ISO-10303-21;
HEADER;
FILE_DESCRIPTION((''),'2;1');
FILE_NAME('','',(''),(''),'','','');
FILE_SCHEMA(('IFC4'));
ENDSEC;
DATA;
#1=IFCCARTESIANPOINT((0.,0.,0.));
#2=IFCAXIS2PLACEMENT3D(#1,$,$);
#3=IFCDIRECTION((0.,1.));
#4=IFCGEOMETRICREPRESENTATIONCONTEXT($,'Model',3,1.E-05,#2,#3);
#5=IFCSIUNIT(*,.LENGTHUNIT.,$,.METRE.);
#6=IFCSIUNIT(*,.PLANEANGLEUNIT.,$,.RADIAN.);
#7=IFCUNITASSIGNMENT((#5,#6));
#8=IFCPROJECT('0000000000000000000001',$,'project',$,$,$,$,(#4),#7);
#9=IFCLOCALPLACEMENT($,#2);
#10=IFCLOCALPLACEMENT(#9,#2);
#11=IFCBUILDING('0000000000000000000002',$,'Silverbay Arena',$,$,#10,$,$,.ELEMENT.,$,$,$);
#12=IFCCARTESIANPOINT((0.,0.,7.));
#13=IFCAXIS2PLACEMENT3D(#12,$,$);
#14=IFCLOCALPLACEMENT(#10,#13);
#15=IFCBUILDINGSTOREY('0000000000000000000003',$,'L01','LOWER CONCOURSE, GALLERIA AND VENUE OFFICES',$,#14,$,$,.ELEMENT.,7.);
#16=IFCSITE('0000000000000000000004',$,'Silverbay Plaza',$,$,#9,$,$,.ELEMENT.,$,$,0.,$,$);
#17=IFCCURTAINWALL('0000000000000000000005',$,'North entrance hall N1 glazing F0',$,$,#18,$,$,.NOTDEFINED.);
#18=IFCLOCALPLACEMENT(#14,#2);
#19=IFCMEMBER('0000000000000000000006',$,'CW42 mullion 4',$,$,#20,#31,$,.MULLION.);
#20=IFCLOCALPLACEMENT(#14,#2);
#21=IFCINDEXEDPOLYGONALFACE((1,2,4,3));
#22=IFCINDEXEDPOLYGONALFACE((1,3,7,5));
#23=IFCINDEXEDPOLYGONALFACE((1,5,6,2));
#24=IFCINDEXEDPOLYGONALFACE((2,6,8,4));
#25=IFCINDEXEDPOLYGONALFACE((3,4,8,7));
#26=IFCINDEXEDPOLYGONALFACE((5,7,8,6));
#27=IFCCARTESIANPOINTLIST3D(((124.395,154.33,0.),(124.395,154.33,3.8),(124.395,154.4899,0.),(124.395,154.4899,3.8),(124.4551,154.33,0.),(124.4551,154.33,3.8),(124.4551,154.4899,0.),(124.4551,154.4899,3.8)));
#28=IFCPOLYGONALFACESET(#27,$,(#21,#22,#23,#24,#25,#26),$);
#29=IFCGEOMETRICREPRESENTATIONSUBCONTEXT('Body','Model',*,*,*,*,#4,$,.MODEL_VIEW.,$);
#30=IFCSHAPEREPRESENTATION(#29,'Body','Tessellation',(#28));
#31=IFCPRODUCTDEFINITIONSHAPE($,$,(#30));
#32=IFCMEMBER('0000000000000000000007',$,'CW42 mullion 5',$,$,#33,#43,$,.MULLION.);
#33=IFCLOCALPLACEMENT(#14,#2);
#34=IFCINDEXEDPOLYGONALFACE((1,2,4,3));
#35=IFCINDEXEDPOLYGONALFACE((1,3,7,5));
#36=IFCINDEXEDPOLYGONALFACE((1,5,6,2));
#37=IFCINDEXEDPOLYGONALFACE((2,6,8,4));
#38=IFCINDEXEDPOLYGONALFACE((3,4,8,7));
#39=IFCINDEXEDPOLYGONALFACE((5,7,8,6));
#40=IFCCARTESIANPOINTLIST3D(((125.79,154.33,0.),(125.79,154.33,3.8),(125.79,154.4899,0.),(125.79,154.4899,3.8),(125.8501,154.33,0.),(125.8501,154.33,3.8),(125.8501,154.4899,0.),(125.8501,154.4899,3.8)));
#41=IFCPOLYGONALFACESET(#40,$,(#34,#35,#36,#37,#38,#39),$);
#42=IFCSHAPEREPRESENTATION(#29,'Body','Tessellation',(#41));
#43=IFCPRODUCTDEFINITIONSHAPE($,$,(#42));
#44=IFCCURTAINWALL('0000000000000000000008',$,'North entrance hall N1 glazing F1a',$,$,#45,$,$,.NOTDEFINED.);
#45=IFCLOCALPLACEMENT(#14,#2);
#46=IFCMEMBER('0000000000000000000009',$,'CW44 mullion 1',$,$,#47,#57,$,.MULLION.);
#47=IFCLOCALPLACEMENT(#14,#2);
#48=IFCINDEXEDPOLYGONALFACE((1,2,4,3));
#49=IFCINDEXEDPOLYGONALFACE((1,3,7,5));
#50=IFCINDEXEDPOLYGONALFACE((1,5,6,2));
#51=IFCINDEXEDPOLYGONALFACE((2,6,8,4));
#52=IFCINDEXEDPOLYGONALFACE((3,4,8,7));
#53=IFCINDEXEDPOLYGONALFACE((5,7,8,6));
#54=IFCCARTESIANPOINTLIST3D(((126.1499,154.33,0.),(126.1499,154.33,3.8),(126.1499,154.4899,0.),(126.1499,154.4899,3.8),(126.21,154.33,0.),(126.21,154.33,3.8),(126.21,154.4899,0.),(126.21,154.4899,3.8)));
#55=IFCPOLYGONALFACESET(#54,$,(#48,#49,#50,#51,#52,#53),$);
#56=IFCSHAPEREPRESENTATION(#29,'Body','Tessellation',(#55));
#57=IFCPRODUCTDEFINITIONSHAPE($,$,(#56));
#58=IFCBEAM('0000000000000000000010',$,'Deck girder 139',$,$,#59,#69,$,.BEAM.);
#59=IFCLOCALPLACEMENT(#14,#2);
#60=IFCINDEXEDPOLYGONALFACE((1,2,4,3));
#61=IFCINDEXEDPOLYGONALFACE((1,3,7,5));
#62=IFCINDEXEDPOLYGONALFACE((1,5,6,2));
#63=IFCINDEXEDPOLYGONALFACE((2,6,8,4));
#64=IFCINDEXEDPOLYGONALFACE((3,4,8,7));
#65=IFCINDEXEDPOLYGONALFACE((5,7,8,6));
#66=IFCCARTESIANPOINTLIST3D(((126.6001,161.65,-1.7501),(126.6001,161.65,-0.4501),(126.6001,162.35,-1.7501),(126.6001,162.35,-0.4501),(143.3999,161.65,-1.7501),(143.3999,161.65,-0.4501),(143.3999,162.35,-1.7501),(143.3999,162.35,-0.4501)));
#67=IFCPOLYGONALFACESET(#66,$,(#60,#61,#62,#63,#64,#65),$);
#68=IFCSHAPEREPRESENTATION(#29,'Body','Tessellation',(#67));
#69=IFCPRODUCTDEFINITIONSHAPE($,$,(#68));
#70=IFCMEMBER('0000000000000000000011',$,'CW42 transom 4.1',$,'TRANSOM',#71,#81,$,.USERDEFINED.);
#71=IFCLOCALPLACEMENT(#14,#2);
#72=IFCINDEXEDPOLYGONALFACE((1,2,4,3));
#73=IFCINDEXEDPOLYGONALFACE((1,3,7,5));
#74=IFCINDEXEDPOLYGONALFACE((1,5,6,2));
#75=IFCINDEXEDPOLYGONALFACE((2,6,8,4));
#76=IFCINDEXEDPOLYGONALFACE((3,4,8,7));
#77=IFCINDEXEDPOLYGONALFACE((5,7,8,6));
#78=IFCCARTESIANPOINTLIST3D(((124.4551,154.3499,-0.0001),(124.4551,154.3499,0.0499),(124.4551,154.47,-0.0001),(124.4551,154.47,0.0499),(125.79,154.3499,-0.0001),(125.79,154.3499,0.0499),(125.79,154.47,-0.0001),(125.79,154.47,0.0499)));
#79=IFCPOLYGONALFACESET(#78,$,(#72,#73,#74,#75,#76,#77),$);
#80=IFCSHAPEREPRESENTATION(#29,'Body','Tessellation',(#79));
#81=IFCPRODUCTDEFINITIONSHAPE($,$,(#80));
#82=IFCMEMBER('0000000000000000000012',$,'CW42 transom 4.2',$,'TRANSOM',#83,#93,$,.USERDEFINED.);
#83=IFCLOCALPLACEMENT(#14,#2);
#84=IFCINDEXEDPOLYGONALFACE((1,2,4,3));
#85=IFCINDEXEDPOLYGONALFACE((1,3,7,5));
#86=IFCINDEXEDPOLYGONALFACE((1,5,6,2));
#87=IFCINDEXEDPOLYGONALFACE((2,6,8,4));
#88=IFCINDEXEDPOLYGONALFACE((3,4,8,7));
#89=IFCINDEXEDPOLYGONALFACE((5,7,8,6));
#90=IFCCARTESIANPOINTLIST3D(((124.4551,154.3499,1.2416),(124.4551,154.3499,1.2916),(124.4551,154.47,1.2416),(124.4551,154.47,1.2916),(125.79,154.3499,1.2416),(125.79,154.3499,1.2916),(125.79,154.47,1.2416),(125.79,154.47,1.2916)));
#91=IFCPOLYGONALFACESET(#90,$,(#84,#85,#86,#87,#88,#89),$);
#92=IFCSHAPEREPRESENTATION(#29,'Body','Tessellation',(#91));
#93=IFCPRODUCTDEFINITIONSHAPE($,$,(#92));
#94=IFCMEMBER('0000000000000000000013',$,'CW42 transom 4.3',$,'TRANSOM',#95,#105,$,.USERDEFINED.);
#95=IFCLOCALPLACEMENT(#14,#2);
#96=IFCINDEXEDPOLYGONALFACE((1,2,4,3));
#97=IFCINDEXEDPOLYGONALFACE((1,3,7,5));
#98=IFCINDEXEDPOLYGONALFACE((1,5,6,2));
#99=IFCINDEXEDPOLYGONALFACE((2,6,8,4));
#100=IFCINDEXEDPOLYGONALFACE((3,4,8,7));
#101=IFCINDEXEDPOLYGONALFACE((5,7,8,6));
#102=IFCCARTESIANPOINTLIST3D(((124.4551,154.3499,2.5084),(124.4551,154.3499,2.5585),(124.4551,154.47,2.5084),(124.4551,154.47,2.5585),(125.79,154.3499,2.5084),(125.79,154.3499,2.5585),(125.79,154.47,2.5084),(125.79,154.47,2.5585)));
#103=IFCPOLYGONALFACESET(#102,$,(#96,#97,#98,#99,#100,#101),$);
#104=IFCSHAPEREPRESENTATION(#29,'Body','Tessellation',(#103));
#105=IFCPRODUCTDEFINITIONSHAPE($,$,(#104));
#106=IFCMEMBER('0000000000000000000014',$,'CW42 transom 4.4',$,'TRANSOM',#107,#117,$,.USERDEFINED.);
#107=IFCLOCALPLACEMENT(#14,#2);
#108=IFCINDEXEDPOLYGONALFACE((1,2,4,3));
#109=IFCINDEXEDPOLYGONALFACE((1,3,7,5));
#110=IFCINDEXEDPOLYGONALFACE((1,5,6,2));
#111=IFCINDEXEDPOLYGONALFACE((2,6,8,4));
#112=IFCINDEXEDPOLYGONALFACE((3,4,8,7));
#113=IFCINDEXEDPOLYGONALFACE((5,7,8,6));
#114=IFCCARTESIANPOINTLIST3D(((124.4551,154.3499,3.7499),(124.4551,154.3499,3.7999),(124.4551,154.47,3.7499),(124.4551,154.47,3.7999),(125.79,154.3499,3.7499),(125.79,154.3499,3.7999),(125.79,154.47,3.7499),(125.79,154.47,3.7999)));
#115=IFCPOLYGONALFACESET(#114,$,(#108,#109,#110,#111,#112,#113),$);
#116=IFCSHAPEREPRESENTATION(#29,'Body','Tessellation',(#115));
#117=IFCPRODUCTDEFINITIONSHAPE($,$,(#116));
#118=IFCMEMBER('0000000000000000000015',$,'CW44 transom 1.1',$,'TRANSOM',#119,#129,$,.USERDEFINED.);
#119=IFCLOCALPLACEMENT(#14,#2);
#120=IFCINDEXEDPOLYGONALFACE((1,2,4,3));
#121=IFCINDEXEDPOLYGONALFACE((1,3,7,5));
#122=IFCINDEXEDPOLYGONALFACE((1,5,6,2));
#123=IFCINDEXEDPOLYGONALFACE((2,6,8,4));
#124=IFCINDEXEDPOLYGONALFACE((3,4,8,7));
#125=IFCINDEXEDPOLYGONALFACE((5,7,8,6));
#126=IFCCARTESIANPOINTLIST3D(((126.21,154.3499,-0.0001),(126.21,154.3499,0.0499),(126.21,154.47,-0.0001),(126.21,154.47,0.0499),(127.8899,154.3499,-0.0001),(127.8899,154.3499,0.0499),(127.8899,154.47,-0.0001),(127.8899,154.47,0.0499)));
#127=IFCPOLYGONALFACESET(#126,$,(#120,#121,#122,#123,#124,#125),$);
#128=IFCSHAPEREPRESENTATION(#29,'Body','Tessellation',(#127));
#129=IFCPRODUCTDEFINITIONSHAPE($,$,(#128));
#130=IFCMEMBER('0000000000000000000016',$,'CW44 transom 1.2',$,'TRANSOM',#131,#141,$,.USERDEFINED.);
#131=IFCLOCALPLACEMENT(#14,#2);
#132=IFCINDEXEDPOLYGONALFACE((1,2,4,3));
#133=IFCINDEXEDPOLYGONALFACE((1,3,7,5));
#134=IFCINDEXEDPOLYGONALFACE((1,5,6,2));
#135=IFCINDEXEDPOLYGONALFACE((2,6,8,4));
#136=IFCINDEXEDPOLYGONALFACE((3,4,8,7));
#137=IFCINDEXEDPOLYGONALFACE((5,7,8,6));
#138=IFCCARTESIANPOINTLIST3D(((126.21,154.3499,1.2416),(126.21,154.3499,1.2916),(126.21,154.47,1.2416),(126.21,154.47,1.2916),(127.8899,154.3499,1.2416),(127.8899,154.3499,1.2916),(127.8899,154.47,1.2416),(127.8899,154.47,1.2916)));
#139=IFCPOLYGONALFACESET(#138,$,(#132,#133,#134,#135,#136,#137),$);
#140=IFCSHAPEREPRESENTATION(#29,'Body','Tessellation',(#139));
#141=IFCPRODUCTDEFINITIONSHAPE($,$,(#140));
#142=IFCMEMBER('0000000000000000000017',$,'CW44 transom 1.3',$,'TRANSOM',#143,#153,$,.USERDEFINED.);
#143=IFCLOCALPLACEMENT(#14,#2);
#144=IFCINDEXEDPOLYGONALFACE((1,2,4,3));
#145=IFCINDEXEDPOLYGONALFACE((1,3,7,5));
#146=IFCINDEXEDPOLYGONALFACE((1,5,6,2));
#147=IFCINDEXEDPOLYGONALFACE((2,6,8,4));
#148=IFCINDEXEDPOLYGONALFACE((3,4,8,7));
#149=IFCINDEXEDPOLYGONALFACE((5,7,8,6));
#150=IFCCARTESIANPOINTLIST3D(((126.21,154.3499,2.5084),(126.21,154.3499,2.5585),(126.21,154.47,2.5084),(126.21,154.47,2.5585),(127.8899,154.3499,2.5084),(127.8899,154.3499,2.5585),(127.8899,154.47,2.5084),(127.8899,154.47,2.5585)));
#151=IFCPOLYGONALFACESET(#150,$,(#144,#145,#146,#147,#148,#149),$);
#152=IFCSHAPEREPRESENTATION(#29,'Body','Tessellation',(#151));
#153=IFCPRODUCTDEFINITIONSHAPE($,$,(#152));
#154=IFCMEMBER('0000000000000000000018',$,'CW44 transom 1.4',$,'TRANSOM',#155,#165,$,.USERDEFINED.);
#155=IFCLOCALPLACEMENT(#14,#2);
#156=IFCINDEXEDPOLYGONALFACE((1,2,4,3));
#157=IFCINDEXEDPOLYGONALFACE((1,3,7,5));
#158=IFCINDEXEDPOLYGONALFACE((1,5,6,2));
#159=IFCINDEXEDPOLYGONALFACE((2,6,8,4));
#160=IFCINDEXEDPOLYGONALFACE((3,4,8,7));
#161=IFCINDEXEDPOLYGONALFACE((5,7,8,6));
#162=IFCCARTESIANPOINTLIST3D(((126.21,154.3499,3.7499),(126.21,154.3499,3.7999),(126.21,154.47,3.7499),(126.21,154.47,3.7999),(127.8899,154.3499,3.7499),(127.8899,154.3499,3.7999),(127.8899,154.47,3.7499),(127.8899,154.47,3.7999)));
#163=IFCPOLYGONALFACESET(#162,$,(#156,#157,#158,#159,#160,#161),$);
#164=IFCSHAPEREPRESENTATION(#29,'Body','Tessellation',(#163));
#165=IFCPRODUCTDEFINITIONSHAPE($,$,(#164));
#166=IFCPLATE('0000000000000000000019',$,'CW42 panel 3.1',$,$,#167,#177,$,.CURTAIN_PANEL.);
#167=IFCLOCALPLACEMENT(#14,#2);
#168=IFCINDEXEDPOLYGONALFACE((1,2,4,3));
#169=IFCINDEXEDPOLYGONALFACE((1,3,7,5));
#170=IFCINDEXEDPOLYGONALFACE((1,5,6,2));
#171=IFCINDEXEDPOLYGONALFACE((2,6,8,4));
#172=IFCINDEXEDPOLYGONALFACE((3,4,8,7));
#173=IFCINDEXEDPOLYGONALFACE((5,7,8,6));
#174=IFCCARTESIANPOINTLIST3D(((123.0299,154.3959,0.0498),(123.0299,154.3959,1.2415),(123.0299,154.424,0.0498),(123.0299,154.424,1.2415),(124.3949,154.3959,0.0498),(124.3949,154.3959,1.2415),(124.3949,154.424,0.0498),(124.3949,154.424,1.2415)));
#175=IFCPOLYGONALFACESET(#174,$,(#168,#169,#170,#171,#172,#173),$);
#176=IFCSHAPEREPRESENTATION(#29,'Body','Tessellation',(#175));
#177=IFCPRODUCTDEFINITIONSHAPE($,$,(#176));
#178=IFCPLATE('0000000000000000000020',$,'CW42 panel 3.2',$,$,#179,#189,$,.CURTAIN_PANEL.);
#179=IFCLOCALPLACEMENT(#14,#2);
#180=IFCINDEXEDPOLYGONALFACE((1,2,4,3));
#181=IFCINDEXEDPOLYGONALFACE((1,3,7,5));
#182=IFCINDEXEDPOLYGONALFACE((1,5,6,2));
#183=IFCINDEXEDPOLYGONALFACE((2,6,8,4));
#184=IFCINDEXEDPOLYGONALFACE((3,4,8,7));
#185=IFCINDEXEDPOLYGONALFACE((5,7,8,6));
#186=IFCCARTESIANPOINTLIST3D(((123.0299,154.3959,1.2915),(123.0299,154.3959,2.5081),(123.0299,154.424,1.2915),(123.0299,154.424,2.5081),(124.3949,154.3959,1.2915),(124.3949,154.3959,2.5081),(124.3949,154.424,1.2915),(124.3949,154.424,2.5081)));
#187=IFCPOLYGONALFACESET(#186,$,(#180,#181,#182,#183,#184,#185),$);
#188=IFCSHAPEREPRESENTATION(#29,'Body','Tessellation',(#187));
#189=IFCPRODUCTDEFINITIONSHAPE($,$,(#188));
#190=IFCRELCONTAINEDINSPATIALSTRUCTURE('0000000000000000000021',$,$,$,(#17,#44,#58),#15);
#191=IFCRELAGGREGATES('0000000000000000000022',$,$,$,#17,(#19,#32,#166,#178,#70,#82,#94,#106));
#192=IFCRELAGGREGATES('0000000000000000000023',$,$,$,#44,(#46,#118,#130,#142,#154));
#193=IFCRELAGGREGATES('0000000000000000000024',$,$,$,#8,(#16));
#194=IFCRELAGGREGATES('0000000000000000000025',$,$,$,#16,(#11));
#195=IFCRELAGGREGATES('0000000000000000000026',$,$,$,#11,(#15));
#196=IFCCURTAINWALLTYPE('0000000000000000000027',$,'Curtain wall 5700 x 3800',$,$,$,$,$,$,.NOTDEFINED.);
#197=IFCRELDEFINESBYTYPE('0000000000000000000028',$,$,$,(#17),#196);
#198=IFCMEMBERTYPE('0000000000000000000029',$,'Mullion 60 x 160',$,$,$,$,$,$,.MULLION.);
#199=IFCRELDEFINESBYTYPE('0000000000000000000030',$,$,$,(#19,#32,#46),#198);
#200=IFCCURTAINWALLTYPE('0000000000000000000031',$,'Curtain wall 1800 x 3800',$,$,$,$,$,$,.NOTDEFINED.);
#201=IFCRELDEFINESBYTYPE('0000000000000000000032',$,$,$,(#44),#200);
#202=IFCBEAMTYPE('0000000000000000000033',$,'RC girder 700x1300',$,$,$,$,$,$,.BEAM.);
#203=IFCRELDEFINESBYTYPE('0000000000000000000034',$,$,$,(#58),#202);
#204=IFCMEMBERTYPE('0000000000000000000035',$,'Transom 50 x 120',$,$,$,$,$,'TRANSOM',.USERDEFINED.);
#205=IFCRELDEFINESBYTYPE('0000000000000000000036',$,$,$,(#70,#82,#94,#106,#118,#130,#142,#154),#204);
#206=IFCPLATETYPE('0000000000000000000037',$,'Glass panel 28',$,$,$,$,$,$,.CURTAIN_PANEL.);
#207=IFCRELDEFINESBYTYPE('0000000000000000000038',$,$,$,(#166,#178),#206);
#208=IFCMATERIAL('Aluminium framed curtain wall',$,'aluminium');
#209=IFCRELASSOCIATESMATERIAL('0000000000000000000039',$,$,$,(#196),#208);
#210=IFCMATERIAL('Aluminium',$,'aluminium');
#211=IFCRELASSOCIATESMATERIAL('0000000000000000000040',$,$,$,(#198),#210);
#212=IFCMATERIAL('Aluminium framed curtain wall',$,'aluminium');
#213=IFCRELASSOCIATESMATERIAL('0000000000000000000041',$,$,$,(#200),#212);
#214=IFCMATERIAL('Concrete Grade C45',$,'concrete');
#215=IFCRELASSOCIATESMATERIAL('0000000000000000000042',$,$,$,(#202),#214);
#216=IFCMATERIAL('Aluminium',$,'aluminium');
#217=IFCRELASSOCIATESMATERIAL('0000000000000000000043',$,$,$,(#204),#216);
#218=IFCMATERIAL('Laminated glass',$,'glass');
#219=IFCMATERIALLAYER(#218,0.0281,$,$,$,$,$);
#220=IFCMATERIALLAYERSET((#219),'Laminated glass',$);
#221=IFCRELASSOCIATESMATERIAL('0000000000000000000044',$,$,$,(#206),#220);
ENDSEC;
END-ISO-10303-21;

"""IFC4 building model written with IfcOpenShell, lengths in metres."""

from ifc_helpers import new_model, si_unit, direction, frame, origin, origin_2d, place, context, subcontext, project, spatial, rectangle, extrude, material, layer, layer_set, material_profile, profile_set, type_object, element, aggregate, save


model = new_model("IFC4")

# Units and contexts
model_context = context("Model", 3, precision=1e-05, world=origin(), true_north=direction((0.0, 1.0)))
body_context = subcontext(model_context, "Body", "Model", "MODEL_VIEW")
ifc_project = project(units=[si_unit("LENGTHUNIT", "METRE"), si_unit("PLANEANGLEUNIT", "RADIAN")], contexts=[model_context])

# Site, building, storey
site_placement = place(None, origin())
site = spatial("IfcSite", under=ifc_project, at=site_placement, Name="Silverbay Plaza", CompositionType="ELEMENT", RefElevation=0.0)
building_placement = place(site_placement, origin())
building = spatial("IfcBuilding", under=site, at=building_placement, Name="Silverbay Arena", CompositionType="ELEMENT")
storey_placement = place(building_placement, frame((0.0, 0.0, 7.0)))
storey = spatial("IfcBuildingStorey", under=building, at=storey_placement, Name="L01", Description="LOWER CONCOURSE, GALLERIA AND VENUE OFFICES", CompositionType="ELEMENT", Elevation=7.0)

# Curtain wall, members
ifc_material_1 = material(Name="Aluminium framed curtain wall", Category="aluminium")
curtain_wall_type_1 = type_object("IfcCurtainWallType", Name="Curtain wall 5700 x 3800", PredefinedType="NOTDEFINED", material=ifc_material_1)
curtain_wall_1_placement = place(storey_placement, origin())
curtain_wall_1 = element("IfcCurtainWall", 1, at=curtain_wall_1_placement, inside=storey, type_object=curtain_wall_type_1, Name="North entrance hall N1 glazing F0", PredefinedType="NOTDEFINED")
ifc_material_2 = material(Name="Aluminium", Category="aluminium")
ifc_material_profile_1 = material_profile(ifc_material_2, rectangle(XDim=0.1599, YDim=0.0601, at=origin_2d()), Name="Mullion 60 x 160")
ifc_profile_set_1 = profile_set([ifc_material_profile_1], Name="Aluminium")
member_type_1 = type_object("IfcMemberType", Name="Mullion 60 x 160", PredefinedType="MULLION", material=ifc_profile_set_1)
member_1_placement = place(storey_placement, frame((124.425, 154.4099, 0.0), z_axis=(0.0, 0.0, 1.0), x_axis=(0.0, 1.0, 0.0)))
member_1 = element("IfcMember", 2, at=member_1_placement, type_object=member_type_1, Name="CW42 mullion 4", PredefinedType="MULLION", context=body_context, shape_type="SweptSolid", body=[
    extrude(rectangle(XDim=0.1599, YDim=0.0601, at=origin_2d()), origin(), (0.0, 0.0, 1.0), 3.8),
])
member_2_placement = place(storey_placement, frame((125.8201, 154.4099, 0.0), z_axis=(0.0, 0.0, 1.0), x_axis=(0.0, 1.0, 0.0)))
member_2 = element("IfcMember", 3, at=member_2_placement, type_object=member_type_1, Name="CW42 mullion 5", PredefinedType="MULLION", context=body_context, shape_type="SweptSolid", body=[
    extrude(rectangle(XDim=0.1599, YDim=0.0601, at=origin_2d()), origin(), (0.0, 0.0, 1.0), 3.8),
])

# Curtain wall, member
ifc_material_3 = material(Name="Aluminium framed curtain wall", Category="aluminium")
curtain_wall_type_2 = type_object("IfcCurtainWallType", Name="Curtain wall 1800 x 3800", PredefinedType="NOTDEFINED", material=ifc_material_3)
curtain_wall_2_placement = place(storey_placement, origin())
curtain_wall_2 = element("IfcCurtainWall", 4, at=curtain_wall_2_placement, inside=storey, type_object=curtain_wall_type_2, Name="North entrance hall N1 glazing F1a", PredefinedType="NOTDEFINED")
member_3_placement = place(storey_placement, frame((126.1799, 154.4099, 0.0), z_axis=(0.0, 0.0, 1.0), x_axis=(0.0, 1.0, 0.0)))
member_3 = element("IfcMember", 5, at=member_3_placement, type_object=member_type_1, Name="CW44 mullion 1", PredefinedType="MULLION", context=body_context, shape_type="SweptSolid", body=[
    extrude(rectangle(XDim=0.1599, YDim=0.0601, at=origin_2d()), origin(), (0.0, 0.0, 1.0), 3.8),
])

# Beam
ifc_material_4 = material(Name="Concrete Grade C45", Category="concrete")
ifc_material_profile_2 = material_profile(ifc_material_4, rectangle(XDim=0.7, YDim=1.3, at=origin_2d()), Name="RC 700x1300")
ifc_profile_set_2 = profile_set([ifc_material_profile_2], Name="Concrete Grade C45")
beam_type = type_object("IfcBeamType", Name="RC girder 700x1300", PredefinedType="BEAM", material=ifc_profile_set_2)
beam_placement = place(storey_placement, frame((126.6001, 162.0, -1.1001), z_axis=(1.0, 0.0, 0.0), x_axis=(0.0, 1.0, 0.0)))
element("IfcBeam", 6, at=beam_placement, inside=storey, type_object=beam_type, Name="Deck girder 139", PredefinedType="BEAM", context=body_context, shape_type="SweptSolid", body=[
    extrude(rectangle(XDim=0.7, YDim=1.3, at=origin_2d()), origin(), (0.0, 0.0, 1.0), 16.7998),
])

# Members
ifc_material_5 = material(Name="Aluminium", Category="aluminium")
ifc_material_profile_3 = material_profile(ifc_material_5, rectangle(XDim=0.1201, YDim=0.05, at=origin_2d()), Name="Transom 50 x 120")
ifc_profile_set_3 = profile_set([ifc_material_profile_3], Name="Aluminium")
member_type_2 = type_object("IfcMemberType", Name="Transom 50 x 120", ElementType="TRANSOM", PredefinedType="USERDEFINED", material=ifc_profile_set_3)
member_4_placement = place(storey_placement, frame((124.4551, 154.4099, 0.0249), z_axis=(1.0, 0.0, 0.0), x_axis=(0.0, 1.0, 0.0)))
member_4 = element("IfcMember", 7, at=member_4_placement, type_object=member_type_2, Name="CW42 transom 4.1", ObjectType="TRANSOM", PredefinedType="USERDEFINED", context=body_context, shape_type="SweptSolid", body=[
    extrude(rectangle(XDim=0.1201, YDim=0.05, at=origin_2d()), origin(), (0.0, 0.0, 1.0), 1.335),
])
member_5_placement = place(storey_placement, frame((124.4551, 154.4099, 1.2666), z_axis=(1.0, 0.0, 0.0), x_axis=(0.0, 1.0, 0.0)))
member_5 = element("IfcMember", 8, at=member_5_placement, type_object=member_type_2, Name="CW42 transom 4.2", ObjectType="TRANSOM", PredefinedType="USERDEFINED", context=body_context, shape_type="SweptSolid", body=[
    extrude(rectangle(XDim=0.1201, YDim=0.05, at=origin_2d()), origin(), (0.0, 0.0, 1.0), 1.335),
])
member_6_placement = place(storey_placement, frame((124.4551, 154.4099, 2.5334), z_axis=(1.0, 0.0, 0.0), x_axis=(0.0, 1.0, 0.0)))
member_6 = element("IfcMember", 9, at=member_6_placement, type_object=member_type_2, Name="CW42 transom 4.3", ObjectType="TRANSOM", PredefinedType="USERDEFINED", context=body_context, shape_type="SweptSolid", body=[
    extrude(rectangle(XDim=0.1201, YDim=0.05, at=origin_2d()), origin(), (0.0, 0.0, 1.0), 1.335),
])
member_7_placement = place(storey_placement, frame((124.4551, 154.4099, 3.7749), z_axis=(1.0, 0.0, 0.0), x_axis=(0.0, 1.0, 0.0)))
member_7 = element("IfcMember", 10, at=member_7_placement, type_object=member_type_2, Name="CW42 transom 4.4", ObjectType="TRANSOM", PredefinedType="USERDEFINED", context=body_context, shape_type="SweptSolid", body=[
    extrude(rectangle(XDim=0.1201, YDim=0.05, at=origin_2d()), origin(), (0.0, 0.0, 1.0), 1.335),
])
member_8_placement = place(storey_placement, frame((126.21, 154.4099, 0.0249), z_axis=(1.0, 0.0, 0.0), x_axis=(0.0, 1.0, 0.0)))
member_8 = element("IfcMember", 11, at=member_8_placement, type_object=member_type_2, Name="CW44 transom 1.1", ObjectType="TRANSOM", PredefinedType="USERDEFINED", context=body_context, shape_type="SweptSolid", body=[
    extrude(rectangle(XDim=0.1201, YDim=0.05, at=origin_2d()), origin(), (0.0, 0.0, 1.0), 1.6799),
])
member_9_placement = place(storey_placement, frame((126.21, 154.4099, 1.2666), z_axis=(1.0, 0.0, 0.0), x_axis=(0.0, 1.0, 0.0)))
member_9 = element("IfcMember", 12, at=member_9_placement, type_object=member_type_2, Name="CW44 transom 1.2", ObjectType="TRANSOM", PredefinedType="USERDEFINED", context=body_context, shape_type="SweptSolid", body=[
    extrude(rectangle(XDim=0.1201, YDim=0.05, at=origin_2d()), origin(), (0.0, 0.0, 1.0), 1.6799),
])
member_10_placement = place(storey_placement, frame((126.21, 154.4099, 2.5334), z_axis=(1.0, 0.0, 0.0), x_axis=(0.0, 1.0, 0.0)))
member_10 = element("IfcMember", 13, at=member_10_placement, type_object=member_type_2, Name="CW44 transom 1.3", ObjectType="TRANSOM", PredefinedType="USERDEFINED", context=body_context, shape_type="SweptSolid", body=[
    extrude(rectangle(XDim=0.1201, YDim=0.05, at=origin_2d()), origin(), (0.0, 0.0, 1.0), 1.6799),
])
member_11_placement = place(storey_placement, frame((126.21, 154.4099, 3.7749), z_axis=(1.0, 0.0, 0.0), x_axis=(0.0, 1.0, 0.0)))
member_11 = element("IfcMember", 14, at=member_11_placement, type_object=member_type_2, Name="CW44 transom 1.4", ObjectType="TRANSOM", PredefinedType="USERDEFINED", context=body_context, shape_type="SweptSolid", body=[
    extrude(rectangle(XDim=0.1201, YDim=0.05, at=origin_2d()), origin(), (0.0, 0.0, 1.0), 1.6799),
])

# Plates
ifc_material_6 = material(Name="Laminated glass", Category="glass")
ifc_layer = layer(ifc_material_6, 0.0281)
ifc_layer_set = layer_set([ifc_layer], Name="Laminated glass")
plate_type = type_object("IfcPlateType", Name="Glass panel 28", PredefinedType="CURTAIN_PANEL", material=ifc_layer_set)
plate_1_placement = place(storey_placement, frame((123.7124, 154.4099, 0.0498), z_axis=(0.0, 0.0, 1.0), x_axis=(1.0, 0.0, 0.0)))
plate_1 = element("IfcPlate", 15, at=plate_1_placement, type_object=plate_type, Name="CW42 panel 3.1", PredefinedType="CURTAIN_PANEL", context=body_context, shape_type="SweptSolid", body=[
    extrude(rectangle(XDim=1.365, YDim=0.0281, at=origin_2d()), origin(), (0.0, 0.0, 1.0), 1.1917),
])
plate_2_placement = place(storey_placement, frame((123.7124, 154.4099, 1.2915), z_axis=(0.0, 0.0, 1.0), x_axis=(1.0, 0.0, 0.0)))
plate_2 = element("IfcPlate", 16, at=plate_2_placement, type_object=plate_type, Name="CW42 panel 3.2", PredefinedType="CURTAIN_PANEL", context=body_context, shape_type="SweptSolid", body=[
    extrude(rectangle(XDim=1.365, YDim=0.0281, at=origin_2d()), origin(), (0.0, 0.0, 1.0), 1.2166),
])
aggregate(curtain_wall_1, [member_1, member_2, plate_1, plate_2, member_4, member_5, member_6, member_7])
aggregate(curtain_wall_2, [member_3, member_8, member_9, member_10, member_11])

save(model, "model.ifc")
